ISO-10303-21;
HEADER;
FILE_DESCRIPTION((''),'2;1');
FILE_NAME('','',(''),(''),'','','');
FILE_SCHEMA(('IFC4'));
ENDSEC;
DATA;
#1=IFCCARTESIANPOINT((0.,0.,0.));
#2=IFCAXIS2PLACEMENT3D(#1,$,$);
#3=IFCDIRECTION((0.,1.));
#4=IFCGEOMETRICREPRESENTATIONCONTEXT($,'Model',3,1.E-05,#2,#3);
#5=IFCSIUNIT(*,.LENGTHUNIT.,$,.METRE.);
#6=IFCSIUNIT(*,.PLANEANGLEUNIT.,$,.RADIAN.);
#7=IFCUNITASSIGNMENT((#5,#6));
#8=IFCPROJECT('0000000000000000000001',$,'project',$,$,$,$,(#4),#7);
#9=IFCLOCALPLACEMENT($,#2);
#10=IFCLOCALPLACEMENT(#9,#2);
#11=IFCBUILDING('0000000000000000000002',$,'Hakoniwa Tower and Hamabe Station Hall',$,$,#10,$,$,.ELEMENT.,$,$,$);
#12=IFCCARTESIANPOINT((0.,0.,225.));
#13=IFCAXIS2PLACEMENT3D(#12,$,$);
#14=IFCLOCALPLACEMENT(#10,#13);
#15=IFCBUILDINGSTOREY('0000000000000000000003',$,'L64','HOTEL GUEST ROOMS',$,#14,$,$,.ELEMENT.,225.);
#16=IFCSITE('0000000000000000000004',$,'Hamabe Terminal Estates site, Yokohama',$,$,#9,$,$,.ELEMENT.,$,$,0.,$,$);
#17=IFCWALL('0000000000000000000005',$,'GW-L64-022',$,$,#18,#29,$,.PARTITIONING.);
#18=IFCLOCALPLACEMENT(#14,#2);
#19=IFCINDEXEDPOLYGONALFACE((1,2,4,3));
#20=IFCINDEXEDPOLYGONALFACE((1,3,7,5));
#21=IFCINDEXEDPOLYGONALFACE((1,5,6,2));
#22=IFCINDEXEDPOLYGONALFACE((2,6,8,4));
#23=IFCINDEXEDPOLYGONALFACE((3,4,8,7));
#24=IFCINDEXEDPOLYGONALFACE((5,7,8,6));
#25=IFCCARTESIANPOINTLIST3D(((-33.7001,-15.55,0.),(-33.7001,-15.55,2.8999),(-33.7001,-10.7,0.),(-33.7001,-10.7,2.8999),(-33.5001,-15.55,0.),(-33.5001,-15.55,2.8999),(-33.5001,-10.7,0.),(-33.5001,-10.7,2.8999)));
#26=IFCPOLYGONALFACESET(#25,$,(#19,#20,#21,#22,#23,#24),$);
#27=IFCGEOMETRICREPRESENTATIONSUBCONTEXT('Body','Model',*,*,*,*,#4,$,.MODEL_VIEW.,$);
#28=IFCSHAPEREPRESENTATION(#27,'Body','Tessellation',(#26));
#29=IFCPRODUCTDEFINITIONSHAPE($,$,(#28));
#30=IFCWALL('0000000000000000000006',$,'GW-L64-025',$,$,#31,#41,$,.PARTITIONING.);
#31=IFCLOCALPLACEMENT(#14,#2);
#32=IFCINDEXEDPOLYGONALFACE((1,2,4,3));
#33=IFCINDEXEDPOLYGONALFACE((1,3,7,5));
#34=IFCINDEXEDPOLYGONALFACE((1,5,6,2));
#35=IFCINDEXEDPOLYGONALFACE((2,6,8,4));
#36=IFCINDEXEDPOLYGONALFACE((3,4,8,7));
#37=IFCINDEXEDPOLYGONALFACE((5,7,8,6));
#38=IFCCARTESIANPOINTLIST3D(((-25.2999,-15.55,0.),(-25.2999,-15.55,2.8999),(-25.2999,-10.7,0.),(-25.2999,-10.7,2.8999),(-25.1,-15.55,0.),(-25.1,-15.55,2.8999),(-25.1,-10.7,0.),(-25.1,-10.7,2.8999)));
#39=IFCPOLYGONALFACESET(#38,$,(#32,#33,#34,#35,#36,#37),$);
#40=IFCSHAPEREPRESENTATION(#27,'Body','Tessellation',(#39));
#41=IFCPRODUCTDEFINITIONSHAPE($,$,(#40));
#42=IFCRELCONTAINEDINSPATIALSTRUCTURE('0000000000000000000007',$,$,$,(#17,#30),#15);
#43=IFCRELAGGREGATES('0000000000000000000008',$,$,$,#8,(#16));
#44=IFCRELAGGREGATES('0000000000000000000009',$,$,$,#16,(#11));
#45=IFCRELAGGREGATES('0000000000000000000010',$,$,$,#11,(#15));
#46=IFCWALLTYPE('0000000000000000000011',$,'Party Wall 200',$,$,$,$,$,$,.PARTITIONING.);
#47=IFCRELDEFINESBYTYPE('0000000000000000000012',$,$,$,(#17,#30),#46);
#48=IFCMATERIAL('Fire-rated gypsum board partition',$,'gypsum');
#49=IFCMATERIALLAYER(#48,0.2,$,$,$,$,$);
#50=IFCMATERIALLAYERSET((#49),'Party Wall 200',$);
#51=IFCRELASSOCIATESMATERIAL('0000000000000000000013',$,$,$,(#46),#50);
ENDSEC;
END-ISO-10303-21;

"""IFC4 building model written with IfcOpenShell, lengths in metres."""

from ifc_helpers import new_model, si_unit, direction, frame, frame_2d, origin, place, context, subcontext, project, spatial, rectangle, extrude, material, layer, layer_set, type_object, element, save


model = new_model("IFC4")

# Units and contexts
model_context = context("Model", 3, precision=1e-05, world=origin(), true_north=direction((0.0, 1.0)))
body_context = subcontext(model_context, "Body", "Model", "MODEL_VIEW")
ifc_project = project(units=[si_unit("LENGTHUNIT", "METRE"), si_unit("PLANEANGLEUNIT", "RADIAN")], contexts=[model_context])

# Site, building, storey
site_placement = place(None, origin())
site = spatial("IfcSite", under=ifc_project, at=site_placement, Name="Hamabe Terminal Estates site, Yokohama", CompositionType="ELEMENT", RefElevation=0.0)
building_placement = place(site_placement, origin())
building = spatial("IfcBuilding", under=site, at=building_placement, Name="Hakoniwa Tower and Hamabe Station Hall", CompositionType="ELEMENT")
storey_placement = place(building_placement, frame((0.0, 0.0, 225.0)))
storey = spatial("IfcBuildingStorey", under=building, at=storey_placement, Name="L64", Description="HOTEL GUEST ROOMS", CompositionType="ELEMENT", Elevation=225.0)

# Walls
ifc_material_1 = material(Name="Fire-rated gypsum board partition", Category="gypsum")
ifc_layer_1 = layer(ifc_material_1, 0.2)
ifc_layer_set_1 = layer_set([ifc_layer_1], Name="Party Wall 200")
wall_type_1 = type_object("IfcWallType", Name="Party Wall 200", PredefinedType="PARTITIONING", material=ifc_layer_set_1)
for number, where, z_axis, x_axis, name in (
    (1, (-33.6001, -15.55, 0.0), (0.0, 0.0, 1.0), (0.0, 1.0, 0.0), "GW-L64-022"),
    (2, (-25.2, -15.55, 0.0), (0.0, 0.0, 1.0), (0.0, 1.0, 0.0), "GW-L64-025"),
):
    element("IfcWall", number, at=place(storey_placement, frame(where, z_axis=z_axis, x_axis=x_axis)), inside=storey, type_object=wall_type_1, Name=name, PredefinedType="PARTITIONING", context=body_context, shape_type="SweptSolid", body=[
        extrude(rectangle(XDim=4.8501, YDim=0.2, at=frame_2d((2.425, 0.0))), origin(), (0.0, 0.0, 1.0), 2.8999),
    ])

save(model, "model.ifc")
